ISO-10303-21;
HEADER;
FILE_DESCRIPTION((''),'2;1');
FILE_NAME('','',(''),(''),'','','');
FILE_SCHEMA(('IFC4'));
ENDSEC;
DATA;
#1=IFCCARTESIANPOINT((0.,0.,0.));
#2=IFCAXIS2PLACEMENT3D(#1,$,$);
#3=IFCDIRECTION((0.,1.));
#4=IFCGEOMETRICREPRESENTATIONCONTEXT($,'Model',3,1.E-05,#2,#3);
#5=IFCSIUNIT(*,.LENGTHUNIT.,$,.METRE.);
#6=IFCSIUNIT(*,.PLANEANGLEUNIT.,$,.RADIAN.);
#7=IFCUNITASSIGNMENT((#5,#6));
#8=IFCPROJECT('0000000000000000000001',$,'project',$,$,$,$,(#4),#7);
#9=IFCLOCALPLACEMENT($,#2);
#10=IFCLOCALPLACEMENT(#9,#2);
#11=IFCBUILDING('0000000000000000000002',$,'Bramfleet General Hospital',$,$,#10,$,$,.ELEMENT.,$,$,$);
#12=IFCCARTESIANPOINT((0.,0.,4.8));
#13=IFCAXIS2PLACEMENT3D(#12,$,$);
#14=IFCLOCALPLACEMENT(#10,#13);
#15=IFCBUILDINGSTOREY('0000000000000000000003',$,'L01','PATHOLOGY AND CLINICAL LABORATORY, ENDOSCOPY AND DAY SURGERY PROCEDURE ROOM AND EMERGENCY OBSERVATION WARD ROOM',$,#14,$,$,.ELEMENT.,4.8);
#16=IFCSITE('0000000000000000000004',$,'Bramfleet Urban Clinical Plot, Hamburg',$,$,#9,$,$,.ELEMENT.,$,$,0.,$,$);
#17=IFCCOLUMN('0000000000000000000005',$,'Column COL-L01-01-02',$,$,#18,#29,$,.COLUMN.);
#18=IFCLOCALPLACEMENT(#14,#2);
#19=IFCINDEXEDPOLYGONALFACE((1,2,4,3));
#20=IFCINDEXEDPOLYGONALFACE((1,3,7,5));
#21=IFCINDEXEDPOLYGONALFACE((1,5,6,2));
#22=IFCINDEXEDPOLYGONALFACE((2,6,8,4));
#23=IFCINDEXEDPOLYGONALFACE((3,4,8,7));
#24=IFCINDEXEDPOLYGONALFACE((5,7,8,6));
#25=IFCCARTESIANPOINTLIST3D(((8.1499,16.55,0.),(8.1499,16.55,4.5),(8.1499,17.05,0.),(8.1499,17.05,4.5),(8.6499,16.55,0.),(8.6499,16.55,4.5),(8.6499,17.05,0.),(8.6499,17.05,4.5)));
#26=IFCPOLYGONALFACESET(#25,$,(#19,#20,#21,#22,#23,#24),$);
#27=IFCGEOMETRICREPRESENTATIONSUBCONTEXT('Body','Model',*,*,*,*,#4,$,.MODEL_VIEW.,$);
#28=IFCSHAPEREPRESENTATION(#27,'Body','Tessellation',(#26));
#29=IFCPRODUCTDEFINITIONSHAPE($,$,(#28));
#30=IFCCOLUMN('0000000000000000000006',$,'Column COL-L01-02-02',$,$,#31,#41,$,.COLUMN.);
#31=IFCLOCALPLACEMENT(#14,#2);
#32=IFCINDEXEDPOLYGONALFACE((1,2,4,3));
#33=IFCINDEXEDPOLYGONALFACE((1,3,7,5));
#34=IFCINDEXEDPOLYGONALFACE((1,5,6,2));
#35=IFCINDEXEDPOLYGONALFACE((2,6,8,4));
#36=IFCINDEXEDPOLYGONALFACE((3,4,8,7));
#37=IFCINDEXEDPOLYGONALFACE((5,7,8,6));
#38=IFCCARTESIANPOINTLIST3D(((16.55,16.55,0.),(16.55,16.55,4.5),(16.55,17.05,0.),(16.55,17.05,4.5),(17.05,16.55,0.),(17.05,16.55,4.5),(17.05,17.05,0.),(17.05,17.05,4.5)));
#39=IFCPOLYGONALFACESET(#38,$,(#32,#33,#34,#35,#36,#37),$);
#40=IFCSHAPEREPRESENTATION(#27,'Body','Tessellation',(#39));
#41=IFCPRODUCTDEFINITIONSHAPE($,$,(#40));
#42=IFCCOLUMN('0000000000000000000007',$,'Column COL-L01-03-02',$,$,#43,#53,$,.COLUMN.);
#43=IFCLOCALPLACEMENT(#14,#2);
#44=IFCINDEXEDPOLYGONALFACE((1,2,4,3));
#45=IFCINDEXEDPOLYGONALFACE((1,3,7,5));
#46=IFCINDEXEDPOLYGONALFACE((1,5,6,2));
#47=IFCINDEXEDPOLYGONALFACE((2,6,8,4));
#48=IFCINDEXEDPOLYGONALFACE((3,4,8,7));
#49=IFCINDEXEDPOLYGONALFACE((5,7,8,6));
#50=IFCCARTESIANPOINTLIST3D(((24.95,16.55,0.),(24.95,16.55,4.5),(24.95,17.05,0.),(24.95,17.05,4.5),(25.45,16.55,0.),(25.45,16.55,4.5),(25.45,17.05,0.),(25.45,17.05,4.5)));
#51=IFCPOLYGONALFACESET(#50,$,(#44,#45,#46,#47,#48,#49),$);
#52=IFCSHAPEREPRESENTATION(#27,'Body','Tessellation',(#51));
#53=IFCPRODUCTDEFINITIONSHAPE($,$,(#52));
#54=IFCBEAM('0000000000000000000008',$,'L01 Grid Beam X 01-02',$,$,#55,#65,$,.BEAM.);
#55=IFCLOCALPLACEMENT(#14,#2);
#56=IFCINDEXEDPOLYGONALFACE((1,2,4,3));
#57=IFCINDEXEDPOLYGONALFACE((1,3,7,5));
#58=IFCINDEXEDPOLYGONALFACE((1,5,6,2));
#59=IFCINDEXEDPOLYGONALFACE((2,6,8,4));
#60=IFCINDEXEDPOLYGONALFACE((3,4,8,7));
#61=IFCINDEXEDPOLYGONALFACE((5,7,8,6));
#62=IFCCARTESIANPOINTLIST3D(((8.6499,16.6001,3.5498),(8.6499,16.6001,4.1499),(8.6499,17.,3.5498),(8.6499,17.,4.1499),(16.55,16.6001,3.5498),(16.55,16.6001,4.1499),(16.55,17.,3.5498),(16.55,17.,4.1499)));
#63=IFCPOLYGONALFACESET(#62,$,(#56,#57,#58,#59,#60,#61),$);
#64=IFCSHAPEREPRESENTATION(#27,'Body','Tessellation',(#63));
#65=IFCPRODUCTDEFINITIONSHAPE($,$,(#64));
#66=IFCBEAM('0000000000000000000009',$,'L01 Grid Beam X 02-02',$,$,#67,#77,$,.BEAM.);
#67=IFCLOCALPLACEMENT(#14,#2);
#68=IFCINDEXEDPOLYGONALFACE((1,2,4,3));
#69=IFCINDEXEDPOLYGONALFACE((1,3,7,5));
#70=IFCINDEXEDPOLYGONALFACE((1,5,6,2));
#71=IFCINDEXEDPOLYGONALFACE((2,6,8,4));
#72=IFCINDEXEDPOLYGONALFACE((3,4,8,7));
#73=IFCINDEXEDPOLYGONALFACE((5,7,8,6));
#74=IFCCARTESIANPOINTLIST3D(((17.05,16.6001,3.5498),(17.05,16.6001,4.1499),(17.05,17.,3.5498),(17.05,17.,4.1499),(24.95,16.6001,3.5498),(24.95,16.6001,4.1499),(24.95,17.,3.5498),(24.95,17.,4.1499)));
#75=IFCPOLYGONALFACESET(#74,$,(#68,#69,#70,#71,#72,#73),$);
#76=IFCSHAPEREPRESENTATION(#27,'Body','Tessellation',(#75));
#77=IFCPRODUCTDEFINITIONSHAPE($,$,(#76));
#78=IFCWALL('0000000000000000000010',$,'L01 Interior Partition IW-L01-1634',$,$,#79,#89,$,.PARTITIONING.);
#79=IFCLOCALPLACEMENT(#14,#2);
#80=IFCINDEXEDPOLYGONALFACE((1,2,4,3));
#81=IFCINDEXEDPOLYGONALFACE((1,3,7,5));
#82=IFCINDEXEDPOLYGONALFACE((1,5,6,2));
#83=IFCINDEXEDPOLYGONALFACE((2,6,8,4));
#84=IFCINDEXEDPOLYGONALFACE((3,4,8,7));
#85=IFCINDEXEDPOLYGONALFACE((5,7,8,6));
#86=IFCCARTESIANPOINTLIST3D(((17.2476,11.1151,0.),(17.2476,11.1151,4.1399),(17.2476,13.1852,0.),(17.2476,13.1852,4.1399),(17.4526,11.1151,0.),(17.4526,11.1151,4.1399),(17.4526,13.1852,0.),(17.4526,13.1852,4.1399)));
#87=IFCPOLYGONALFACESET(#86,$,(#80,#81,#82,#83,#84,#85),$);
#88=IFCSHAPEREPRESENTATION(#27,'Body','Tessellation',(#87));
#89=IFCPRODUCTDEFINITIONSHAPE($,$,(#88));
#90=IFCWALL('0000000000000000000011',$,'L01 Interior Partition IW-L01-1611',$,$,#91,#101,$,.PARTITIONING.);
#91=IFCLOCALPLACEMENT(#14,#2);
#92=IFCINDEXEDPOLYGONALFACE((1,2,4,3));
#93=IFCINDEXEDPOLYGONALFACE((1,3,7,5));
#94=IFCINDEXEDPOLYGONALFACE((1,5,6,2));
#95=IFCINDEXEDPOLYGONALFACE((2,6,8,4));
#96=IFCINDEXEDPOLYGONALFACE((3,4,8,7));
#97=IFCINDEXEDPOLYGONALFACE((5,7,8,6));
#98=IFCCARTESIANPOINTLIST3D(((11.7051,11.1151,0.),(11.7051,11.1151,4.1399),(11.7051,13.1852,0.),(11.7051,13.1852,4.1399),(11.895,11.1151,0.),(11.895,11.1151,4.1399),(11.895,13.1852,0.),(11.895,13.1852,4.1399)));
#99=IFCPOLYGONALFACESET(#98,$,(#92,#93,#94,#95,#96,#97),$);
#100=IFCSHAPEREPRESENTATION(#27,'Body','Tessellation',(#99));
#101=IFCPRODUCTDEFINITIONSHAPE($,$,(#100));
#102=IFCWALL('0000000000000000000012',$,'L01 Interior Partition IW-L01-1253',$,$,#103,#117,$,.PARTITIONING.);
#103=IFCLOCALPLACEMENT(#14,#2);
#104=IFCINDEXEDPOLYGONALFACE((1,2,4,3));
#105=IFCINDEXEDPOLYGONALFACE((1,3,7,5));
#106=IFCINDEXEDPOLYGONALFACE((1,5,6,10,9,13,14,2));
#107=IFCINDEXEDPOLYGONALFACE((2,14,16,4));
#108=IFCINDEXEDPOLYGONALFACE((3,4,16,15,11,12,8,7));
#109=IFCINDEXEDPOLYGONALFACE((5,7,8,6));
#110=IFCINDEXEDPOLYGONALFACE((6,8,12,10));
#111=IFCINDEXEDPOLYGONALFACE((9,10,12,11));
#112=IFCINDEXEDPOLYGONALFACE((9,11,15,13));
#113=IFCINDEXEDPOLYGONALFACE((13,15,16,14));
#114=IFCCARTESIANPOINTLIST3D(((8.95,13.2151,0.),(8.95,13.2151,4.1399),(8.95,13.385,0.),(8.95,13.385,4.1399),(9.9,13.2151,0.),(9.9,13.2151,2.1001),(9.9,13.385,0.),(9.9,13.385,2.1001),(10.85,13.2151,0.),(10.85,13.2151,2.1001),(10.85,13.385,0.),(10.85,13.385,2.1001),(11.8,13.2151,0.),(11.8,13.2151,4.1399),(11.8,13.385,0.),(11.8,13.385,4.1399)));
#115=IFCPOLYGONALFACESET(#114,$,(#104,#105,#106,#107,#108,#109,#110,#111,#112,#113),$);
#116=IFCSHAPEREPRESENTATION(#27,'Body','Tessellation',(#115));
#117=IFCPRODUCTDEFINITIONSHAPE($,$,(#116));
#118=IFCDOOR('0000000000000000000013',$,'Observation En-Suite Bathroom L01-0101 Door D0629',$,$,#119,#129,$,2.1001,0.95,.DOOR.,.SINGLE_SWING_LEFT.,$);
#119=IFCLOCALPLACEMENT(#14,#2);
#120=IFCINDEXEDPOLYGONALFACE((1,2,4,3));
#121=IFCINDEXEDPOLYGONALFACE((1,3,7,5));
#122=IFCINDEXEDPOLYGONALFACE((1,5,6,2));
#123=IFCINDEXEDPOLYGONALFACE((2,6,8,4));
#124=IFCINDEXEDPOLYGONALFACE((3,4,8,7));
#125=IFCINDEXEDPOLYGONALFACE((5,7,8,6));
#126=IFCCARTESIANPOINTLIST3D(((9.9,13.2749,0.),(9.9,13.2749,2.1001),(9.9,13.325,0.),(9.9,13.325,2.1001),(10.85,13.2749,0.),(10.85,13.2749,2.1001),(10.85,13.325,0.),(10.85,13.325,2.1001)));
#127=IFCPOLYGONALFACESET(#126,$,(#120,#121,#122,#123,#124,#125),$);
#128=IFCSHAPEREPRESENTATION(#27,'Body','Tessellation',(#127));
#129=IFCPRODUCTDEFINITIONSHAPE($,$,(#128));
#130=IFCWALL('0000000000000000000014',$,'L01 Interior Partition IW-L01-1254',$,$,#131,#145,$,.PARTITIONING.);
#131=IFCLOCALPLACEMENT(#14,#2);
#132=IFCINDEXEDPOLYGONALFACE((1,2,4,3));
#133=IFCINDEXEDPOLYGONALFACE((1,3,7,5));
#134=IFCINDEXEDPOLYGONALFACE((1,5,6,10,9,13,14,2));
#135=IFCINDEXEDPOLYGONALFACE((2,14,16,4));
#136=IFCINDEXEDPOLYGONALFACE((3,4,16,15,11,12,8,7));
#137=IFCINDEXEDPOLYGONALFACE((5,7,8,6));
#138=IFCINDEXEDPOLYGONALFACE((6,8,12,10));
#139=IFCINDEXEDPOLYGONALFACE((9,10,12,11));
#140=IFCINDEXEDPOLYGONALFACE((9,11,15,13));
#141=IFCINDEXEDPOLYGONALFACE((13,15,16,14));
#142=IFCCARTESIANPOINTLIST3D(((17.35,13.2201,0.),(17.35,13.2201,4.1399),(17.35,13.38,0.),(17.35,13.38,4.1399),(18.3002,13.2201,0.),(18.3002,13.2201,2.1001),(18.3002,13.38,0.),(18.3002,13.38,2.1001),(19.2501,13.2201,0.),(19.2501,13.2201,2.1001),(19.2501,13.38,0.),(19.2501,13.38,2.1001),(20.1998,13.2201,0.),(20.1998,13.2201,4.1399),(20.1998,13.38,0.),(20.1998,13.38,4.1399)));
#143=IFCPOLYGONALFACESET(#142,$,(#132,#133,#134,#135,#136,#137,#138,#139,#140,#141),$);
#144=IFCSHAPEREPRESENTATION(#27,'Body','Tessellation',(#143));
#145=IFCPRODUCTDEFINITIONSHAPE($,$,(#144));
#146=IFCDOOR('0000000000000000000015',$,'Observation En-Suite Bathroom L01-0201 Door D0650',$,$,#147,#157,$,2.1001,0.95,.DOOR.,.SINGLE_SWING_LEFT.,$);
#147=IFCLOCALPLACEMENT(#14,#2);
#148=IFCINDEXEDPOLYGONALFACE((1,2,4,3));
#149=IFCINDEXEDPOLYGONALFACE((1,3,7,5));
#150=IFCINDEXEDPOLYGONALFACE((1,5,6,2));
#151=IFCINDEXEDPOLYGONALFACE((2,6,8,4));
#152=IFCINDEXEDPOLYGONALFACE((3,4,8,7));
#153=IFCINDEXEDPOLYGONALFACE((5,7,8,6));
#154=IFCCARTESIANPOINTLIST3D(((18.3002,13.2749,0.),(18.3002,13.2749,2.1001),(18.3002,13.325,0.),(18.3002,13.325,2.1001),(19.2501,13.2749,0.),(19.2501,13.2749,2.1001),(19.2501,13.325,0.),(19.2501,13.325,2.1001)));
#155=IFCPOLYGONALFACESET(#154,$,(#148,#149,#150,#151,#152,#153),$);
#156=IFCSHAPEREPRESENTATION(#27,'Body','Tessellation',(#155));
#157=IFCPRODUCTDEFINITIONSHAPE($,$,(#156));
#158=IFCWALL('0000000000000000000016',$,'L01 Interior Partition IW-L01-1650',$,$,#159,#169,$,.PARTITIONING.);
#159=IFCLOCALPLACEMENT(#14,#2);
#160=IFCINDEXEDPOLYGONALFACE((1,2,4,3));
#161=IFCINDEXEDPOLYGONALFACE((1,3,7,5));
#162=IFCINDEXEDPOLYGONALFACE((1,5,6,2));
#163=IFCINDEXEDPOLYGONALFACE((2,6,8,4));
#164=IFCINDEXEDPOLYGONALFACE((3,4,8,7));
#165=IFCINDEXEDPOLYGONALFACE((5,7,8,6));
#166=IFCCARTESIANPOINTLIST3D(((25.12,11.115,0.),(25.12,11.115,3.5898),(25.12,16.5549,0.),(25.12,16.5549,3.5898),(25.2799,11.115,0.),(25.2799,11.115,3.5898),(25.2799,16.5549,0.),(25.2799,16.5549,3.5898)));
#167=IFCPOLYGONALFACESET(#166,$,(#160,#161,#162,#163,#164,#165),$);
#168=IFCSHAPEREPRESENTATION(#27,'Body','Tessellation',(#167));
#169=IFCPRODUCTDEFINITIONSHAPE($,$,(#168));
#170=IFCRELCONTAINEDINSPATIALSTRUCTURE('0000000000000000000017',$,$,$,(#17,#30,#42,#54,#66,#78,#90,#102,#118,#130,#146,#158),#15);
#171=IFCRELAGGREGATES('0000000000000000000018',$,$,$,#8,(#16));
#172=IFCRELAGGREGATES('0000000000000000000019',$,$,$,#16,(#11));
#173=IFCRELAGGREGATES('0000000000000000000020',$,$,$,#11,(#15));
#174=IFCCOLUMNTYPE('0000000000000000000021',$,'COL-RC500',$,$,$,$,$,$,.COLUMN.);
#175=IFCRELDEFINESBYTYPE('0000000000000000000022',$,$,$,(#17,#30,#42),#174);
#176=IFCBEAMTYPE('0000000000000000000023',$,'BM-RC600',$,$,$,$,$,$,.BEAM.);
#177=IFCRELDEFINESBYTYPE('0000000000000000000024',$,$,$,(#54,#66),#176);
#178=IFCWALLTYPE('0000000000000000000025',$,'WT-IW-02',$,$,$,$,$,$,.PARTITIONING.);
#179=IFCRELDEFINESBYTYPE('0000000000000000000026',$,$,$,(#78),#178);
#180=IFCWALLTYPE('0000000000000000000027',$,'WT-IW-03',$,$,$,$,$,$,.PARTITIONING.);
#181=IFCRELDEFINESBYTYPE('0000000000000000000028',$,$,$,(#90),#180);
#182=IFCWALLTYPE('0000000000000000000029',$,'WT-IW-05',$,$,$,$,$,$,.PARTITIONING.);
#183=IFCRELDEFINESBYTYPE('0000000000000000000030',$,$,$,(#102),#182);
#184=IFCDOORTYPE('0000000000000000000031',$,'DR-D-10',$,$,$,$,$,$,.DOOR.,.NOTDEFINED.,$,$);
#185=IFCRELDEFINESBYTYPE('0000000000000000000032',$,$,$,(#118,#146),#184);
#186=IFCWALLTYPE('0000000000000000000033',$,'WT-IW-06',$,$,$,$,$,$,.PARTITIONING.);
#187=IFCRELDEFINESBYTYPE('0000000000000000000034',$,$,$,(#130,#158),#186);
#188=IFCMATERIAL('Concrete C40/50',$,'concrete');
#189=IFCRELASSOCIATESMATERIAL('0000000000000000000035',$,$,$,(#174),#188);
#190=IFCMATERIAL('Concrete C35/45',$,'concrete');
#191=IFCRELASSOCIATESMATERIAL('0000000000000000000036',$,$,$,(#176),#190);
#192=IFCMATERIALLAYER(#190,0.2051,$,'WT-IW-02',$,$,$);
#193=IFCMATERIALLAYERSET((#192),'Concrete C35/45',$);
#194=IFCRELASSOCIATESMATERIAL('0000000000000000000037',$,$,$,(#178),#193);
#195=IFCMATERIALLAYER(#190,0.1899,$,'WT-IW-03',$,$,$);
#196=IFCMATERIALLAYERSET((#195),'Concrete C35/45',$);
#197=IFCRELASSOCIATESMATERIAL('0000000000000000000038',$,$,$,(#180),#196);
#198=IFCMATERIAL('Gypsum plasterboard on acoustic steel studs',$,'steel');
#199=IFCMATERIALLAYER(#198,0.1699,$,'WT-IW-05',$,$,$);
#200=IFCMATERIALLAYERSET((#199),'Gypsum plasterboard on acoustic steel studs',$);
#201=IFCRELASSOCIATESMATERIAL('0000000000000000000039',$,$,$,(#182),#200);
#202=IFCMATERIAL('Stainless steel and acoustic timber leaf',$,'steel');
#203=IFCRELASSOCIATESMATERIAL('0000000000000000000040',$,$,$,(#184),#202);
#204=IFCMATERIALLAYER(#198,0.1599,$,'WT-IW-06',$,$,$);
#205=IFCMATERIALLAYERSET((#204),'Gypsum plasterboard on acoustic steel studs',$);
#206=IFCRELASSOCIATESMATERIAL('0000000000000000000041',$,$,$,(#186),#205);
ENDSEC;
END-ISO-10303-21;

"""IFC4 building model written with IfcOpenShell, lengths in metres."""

from ifc_helpers import new_model, si_unit, direction, frame, frame_2d, origin, origin_2d, place, context, subcontext, project, spatial, rectangle, extrude, material, layer, layer_set, material_profile, profile_set, type_object, element, fill, save


model = new_model("IFC4")

# Units and contexts
model_context = context("Model", 3, precision=1e-05, world=origin(), true_north=direction((0.0, 1.0)))
body_context = subcontext(model_context, "Body", "Model", "MODEL_VIEW")
ifc_project = project(units=[si_unit("LENGTHUNIT", "METRE"), si_unit("PLANEANGLEUNIT", "RADIAN")], contexts=[model_context])

# Site, building, storey
site_placement = place(None, origin())
site = spatial("IfcSite", under=ifc_project, at=site_placement, Name="Bramfleet Urban Clinical Plot, Hamburg", CompositionType="ELEMENT", RefElevation=0.0)
building_placement = place(site_placement, origin())
building = spatial("IfcBuilding", under=site, at=building_placement, Name="Bramfleet General Hospital", CompositionType="ELEMENT")
storey_placement = place(building_placement, frame((0.0, 0.0, 4.8)))
storey = spatial("IfcBuildingStorey", under=building, at=storey_placement, Name="L01", Description="PATHOLOGY AND CLINICAL LABORATORY, ENDOSCOPY AND DAY SURGERY PROCEDURE ROOM AND EMERGENCY OBSERVATION WARD ROOM", CompositionType="ELEMENT", Elevation=4.8)

# Columns
ifc_material_1 = material(Name="Concrete C40/50", Category="concrete")
ifc_material_profile_1 = material_profile(ifc_material_1, rectangle(XDim=0.5, YDim=0.5, at=origin_2d()), Name="RC COL 500x500")
ifc_profile_set_1 = profile_set([ifc_material_profile_1], Name="Concrete C40/50")
column_type = type_object("IfcColumnType", Name="COL-RC500", PredefinedType="COLUMN", material=ifc_profile_set_1)
for number, where, z_axis, x_axis, name in (
    (1, (8.3999, 16.8, 0.0), (0.0, 0.0, 1.0), (1.0, 0.0, 0.0), "Column COL-L01-01-02"),
    (2, (16.8, 16.8, 0.0), (0.0, 0.0, 1.0), (1.0, 0.0, 0.0), "Column COL-L01-02-02"),
    (3, (25.2, 16.8, 0.0), (0.0, 0.0, 1.0), (1.0, 0.0, 0.0), "Column COL-L01-03-02"),
):
    element("IfcColumn", number, at=place(storey_placement, frame(where, z_axis=z_axis, x_axis=x_axis)), inside=storey, type_object=column_type, Name=name, PredefinedType="COLUMN", context=body_context, shape_type="SweptSolid", body=[
        extrude(rectangle(XDim=0.5, YDim=0.5, at=origin_2d()), origin(), (0.0, 0.0, 1.0), 4.5),
    ])

# Beams
ifc_material_2 = material(Name="Concrete C35/45", Category="concrete")
ifc_material_profile_2 = material_profile(ifc_material_2, rectangle(XDim=0.3999, YDim=0.6001, at=origin_2d()), Name="RC BM 600x400")
ifc_profile_set_2 = profile_set([ifc_material_profile_2], Name="Concrete C35/45")
beam_type = type_object("IfcBeamType", Name="BM-RC600", PredefinedType="BEAM", material=ifc_profile_set_2)
beam_1_placement = place(storey_placement, frame((8.6499, 16.8, 3.8499), z_axis=(1.0, 0.0, 0.0), x_axis=(0.0, 1.0, 0.0)))
element("IfcBeam", 4, at=beam_1_placement, inside=storey, type_object=beam_type, Name="L01 Grid Beam X 01-02", PredefinedType="BEAM", context=body_context, shape_type="SweptSolid", body=[
    extrude(rectangle(XDim=0.3999, YDim=0.6001, at=origin_2d()), origin(), (0.0, 0.0, 1.0), 7.9001),
])
beam_2_placement = place(storey_placement, frame((17.05, 16.8, 3.8499), z_axis=(1.0, 0.0, 0.0), x_axis=(0.0, 1.0, 0.0)))
element("IfcBeam", 5, at=beam_2_placement, inside=storey, type_object=beam_type, Name="L01 Grid Beam X 02-02", PredefinedType="BEAM", context=body_context, shape_type="SweptSolid", body=[
    extrude(rectangle(XDim=0.3999, YDim=0.6001, at=origin_2d()), origin(), (0.0, 0.0, 1.0), 7.8999),
])

# Walls
ifc_layer_1 = layer(ifc_material_2, 0.2051, Name="WT-IW-02")
ifc_layer_set_1 = layer_set([ifc_layer_1], Name="Concrete C35/45")
wall_type_1 = type_object("IfcWallType", Name="WT-IW-02", PredefinedType="PARTITIONING", material=ifc_layer_set_1)
wall_1_placement = place(storey_placement, frame((17.3501, 11.115, 0.0), z_axis=(0.0, 0.0, 1.0), x_axis=(0.0, 1.0, 0.0)))
element("IfcWall", 6, at=wall_1_placement, inside=storey, type_object=wall_type_1, Name="L01 Interior Partition IW-L01-1634", PredefinedType="PARTITIONING", context=body_context, shape_type="SweptSolid", body=[
    extrude(rectangle(XDim=2.0701, YDim=0.2051, at=frame_2d((1.0352, 0.0))), origin(), (0.0, 0.0, 1.0), 4.1399),
])
ifc_layer_2 = layer(ifc_material_2, 0.1899, Name="WT-IW-03")
ifc_layer_set_2 = layer_set([ifc_layer_2], Name="Concrete C35/45")
wall_type_2 = type_object("IfcWallType", Name="WT-IW-03", PredefinedType="PARTITIONING", material=ifc_layer_set_2)
wall_2_placement = place(storey_placement, frame((11.8, 11.115, 0.0), z_axis=(0.0, 0.0, 1.0), x_axis=(0.0, 1.0, 0.0)))
element("IfcWall", 7, at=wall_2_placement, inside=storey, type_object=wall_type_2, Name="L01 Interior Partition IW-L01-1611", PredefinedType="PARTITIONING", context=body_context, shape_type="SweptSolid", body=[
    extrude(rectangle(XDim=2.0701, YDim=0.1899, at=frame_2d((1.0352, 0.0))), origin(), (0.0, 0.0, 1.0), 4.1399),
])

# Walls, openings, doors
ifc_material_3 = material(Name="Gypsum plasterboard on acoustic steel studs", Category="steel")
ifc_layer_3 = layer(ifc_material_3, 0.1699, Name="WT-IW-05")
ifc_layer_set_3 = layer_set([ifc_layer_3], Name="Gypsum plasterboard on acoustic steel studs")
wall_type_3 = type_object("IfcWallType", Name="WT-IW-05", PredefinedType="PARTITIONING", material=ifc_layer_set_3)
wall_3_placement = place(storey_placement, frame((8.95, 13.3, 0.0), z_axis=(0.0, 0.0, 1.0), x_axis=(1.0, 0.0, 0.0)))
wall_3 = element("IfcWall", 8, at=wall_3_placement, inside=storey, type_object=wall_type_3, Name="L01 Interior Partition IW-L01-1253", PredefinedType="PARTITIONING", context=body_context, shape_type="SweptSolid", body=[
    extrude(rectangle(XDim=2.8501, YDim=0.1699, at=frame_2d((1.425, 0.0))), origin(), (0.0, 0.0, 1.0), 4.1399),
])
opening_1_placement = place(wall_3_placement, frame((0.95, 0.0, 0.0)))
opening_1 = element("IfcOpeningElement", 9, at=opening_1_placement, cuts=wall_3, PredefinedType="OPENING", context=body_context, shape_type="SweptSolid", body=[
    extrude(rectangle(XDim=0.95, YDim=2.1001, at=frame_2d((0.4751, 1.05))), frame((0.0, 0.095, 0.0), z_axis=(0.0, -1.0, 0.0), x_axis=(1.0, 0.0, 0.0)), (0.0, 0.0, 1.0), 0.1899),
])
ifc_material_4 = material(Name="Stainless steel and acoustic timber leaf", Category="steel")
door_type_1 = type_object("IfcDoorType", Name="DR-D-10", OperationType="NOTDEFINED", PredefinedType="DOOR", material=ifc_material_4)
door_1_placement = place(opening_1_placement, origin())
door_1 = element("IfcDoor", 10, at=door_1_placement, inside=storey, type_object=door_type_1, Name="Observation En-Suite Bathroom L01-0101 Door D0629", OperationType="SINGLE_SWING_LEFT", OverallHeight=2.1001, OverallWidth=0.95, PredefinedType="DOOR", context=body_context, shape_type="SweptSolid", body=[
    extrude(rectangle(XDim=0.95, YDim=2.1001, at=frame_2d((0.4751, 1.05))), frame((0.0, 0.0249, 0.0), z_axis=(0.0, -1.0, 0.0), x_axis=(1.0, 0.0, 0.0)), (0.0, 0.0, 1.0), 0.05),
])
fill(opening_1, door_1)
ifc_layer_4 = layer(ifc_material_3, 0.1599, Name="WT-IW-06")
ifc_layer_set_4 = layer_set([ifc_layer_4], Name="Gypsum plasterboard on acoustic steel studs")
wall_type_4 = type_object("IfcWallType", Name="WT-IW-06", PredefinedType="PARTITIONING", material=ifc_layer_set_4)
wall_4_placement = place(storey_placement, frame((17.3501, 13.3, 0.0), z_axis=(0.0, 0.0, 1.0), x_axis=(1.0, 0.0, 0.0)))
wall_4 = element("IfcWall", 11, at=wall_4_placement, inside=storey, type_object=wall_type_4, Name="L01 Interior Partition IW-L01-1254", PredefinedType="PARTITIONING", context=body_context, shape_type="SweptSolid", body=[
    extrude(rectangle(XDim=2.8499, YDim=0.1599, at=frame_2d((1.4248, 0.0))), origin(), (0.0, 0.0, 1.0), 4.1399),
])
opening_2_placement = place(wall_4_placement, frame((0.95, 0.0, 0.0)))
opening_2 = element("IfcOpeningElement", 12, at=opening_2_placement, cuts=wall_4, PredefinedType="OPENING", context=body_context, shape_type="SweptSolid", body=[
    extrude(rectangle(XDim=0.95, YDim=2.1001, at=frame_2d((0.4751, 1.05))), frame((0.0, 0.0898, 0.0), z_axis=(0.0, -1.0, 0.0), x_axis=(1.0, 0.0, 0.0)), (0.0, 0.0, 1.0), 0.1799),
])
door_2_placement = place(opening_2_placement, origin())
door_2 = element("IfcDoor", 13, at=door_2_placement, inside=storey, type_object=door_type_1, Name="Observation En-Suite Bathroom L01-0201 Door D0650", OperationType="SINGLE_SWING_LEFT", OverallHeight=2.1001, OverallWidth=0.95, PredefinedType="DOOR", context=body_context, shape_type="SweptSolid", body=[
    extrude(rectangle(XDim=0.95, YDim=2.1001, at=frame_2d((0.4751, 1.05))), frame((0.0, 0.0249, 0.0), z_axis=(0.0, -1.0, 0.0), x_axis=(1.0, 0.0, 0.0)), (0.0, 0.0, 1.0), 0.05),
])
fill(opening_2, door_2)

# Wall
wall_5_placement = place(storey_placement, frame((25.2, 11.115, 0.0), z_axis=(0.0, 0.0, 1.0), x_axis=(0.0, 1.0, 0.0)))
element("IfcWall", 14, at=wall_5_placement, inside=storey, type_object=wall_type_4, Name="L01 Interior Partition IW-L01-1650", PredefinedType="PARTITIONING", context=body_context, shape_type="SweptSolid", body=[
    extrude(rectangle(XDim=5.4399, YDim=0.1599, at=frame_2d((2.72, 0.0))), origin(), (0.0, 0.0, 1.0), 3.5898),
])

save(model, "model.ifc")
